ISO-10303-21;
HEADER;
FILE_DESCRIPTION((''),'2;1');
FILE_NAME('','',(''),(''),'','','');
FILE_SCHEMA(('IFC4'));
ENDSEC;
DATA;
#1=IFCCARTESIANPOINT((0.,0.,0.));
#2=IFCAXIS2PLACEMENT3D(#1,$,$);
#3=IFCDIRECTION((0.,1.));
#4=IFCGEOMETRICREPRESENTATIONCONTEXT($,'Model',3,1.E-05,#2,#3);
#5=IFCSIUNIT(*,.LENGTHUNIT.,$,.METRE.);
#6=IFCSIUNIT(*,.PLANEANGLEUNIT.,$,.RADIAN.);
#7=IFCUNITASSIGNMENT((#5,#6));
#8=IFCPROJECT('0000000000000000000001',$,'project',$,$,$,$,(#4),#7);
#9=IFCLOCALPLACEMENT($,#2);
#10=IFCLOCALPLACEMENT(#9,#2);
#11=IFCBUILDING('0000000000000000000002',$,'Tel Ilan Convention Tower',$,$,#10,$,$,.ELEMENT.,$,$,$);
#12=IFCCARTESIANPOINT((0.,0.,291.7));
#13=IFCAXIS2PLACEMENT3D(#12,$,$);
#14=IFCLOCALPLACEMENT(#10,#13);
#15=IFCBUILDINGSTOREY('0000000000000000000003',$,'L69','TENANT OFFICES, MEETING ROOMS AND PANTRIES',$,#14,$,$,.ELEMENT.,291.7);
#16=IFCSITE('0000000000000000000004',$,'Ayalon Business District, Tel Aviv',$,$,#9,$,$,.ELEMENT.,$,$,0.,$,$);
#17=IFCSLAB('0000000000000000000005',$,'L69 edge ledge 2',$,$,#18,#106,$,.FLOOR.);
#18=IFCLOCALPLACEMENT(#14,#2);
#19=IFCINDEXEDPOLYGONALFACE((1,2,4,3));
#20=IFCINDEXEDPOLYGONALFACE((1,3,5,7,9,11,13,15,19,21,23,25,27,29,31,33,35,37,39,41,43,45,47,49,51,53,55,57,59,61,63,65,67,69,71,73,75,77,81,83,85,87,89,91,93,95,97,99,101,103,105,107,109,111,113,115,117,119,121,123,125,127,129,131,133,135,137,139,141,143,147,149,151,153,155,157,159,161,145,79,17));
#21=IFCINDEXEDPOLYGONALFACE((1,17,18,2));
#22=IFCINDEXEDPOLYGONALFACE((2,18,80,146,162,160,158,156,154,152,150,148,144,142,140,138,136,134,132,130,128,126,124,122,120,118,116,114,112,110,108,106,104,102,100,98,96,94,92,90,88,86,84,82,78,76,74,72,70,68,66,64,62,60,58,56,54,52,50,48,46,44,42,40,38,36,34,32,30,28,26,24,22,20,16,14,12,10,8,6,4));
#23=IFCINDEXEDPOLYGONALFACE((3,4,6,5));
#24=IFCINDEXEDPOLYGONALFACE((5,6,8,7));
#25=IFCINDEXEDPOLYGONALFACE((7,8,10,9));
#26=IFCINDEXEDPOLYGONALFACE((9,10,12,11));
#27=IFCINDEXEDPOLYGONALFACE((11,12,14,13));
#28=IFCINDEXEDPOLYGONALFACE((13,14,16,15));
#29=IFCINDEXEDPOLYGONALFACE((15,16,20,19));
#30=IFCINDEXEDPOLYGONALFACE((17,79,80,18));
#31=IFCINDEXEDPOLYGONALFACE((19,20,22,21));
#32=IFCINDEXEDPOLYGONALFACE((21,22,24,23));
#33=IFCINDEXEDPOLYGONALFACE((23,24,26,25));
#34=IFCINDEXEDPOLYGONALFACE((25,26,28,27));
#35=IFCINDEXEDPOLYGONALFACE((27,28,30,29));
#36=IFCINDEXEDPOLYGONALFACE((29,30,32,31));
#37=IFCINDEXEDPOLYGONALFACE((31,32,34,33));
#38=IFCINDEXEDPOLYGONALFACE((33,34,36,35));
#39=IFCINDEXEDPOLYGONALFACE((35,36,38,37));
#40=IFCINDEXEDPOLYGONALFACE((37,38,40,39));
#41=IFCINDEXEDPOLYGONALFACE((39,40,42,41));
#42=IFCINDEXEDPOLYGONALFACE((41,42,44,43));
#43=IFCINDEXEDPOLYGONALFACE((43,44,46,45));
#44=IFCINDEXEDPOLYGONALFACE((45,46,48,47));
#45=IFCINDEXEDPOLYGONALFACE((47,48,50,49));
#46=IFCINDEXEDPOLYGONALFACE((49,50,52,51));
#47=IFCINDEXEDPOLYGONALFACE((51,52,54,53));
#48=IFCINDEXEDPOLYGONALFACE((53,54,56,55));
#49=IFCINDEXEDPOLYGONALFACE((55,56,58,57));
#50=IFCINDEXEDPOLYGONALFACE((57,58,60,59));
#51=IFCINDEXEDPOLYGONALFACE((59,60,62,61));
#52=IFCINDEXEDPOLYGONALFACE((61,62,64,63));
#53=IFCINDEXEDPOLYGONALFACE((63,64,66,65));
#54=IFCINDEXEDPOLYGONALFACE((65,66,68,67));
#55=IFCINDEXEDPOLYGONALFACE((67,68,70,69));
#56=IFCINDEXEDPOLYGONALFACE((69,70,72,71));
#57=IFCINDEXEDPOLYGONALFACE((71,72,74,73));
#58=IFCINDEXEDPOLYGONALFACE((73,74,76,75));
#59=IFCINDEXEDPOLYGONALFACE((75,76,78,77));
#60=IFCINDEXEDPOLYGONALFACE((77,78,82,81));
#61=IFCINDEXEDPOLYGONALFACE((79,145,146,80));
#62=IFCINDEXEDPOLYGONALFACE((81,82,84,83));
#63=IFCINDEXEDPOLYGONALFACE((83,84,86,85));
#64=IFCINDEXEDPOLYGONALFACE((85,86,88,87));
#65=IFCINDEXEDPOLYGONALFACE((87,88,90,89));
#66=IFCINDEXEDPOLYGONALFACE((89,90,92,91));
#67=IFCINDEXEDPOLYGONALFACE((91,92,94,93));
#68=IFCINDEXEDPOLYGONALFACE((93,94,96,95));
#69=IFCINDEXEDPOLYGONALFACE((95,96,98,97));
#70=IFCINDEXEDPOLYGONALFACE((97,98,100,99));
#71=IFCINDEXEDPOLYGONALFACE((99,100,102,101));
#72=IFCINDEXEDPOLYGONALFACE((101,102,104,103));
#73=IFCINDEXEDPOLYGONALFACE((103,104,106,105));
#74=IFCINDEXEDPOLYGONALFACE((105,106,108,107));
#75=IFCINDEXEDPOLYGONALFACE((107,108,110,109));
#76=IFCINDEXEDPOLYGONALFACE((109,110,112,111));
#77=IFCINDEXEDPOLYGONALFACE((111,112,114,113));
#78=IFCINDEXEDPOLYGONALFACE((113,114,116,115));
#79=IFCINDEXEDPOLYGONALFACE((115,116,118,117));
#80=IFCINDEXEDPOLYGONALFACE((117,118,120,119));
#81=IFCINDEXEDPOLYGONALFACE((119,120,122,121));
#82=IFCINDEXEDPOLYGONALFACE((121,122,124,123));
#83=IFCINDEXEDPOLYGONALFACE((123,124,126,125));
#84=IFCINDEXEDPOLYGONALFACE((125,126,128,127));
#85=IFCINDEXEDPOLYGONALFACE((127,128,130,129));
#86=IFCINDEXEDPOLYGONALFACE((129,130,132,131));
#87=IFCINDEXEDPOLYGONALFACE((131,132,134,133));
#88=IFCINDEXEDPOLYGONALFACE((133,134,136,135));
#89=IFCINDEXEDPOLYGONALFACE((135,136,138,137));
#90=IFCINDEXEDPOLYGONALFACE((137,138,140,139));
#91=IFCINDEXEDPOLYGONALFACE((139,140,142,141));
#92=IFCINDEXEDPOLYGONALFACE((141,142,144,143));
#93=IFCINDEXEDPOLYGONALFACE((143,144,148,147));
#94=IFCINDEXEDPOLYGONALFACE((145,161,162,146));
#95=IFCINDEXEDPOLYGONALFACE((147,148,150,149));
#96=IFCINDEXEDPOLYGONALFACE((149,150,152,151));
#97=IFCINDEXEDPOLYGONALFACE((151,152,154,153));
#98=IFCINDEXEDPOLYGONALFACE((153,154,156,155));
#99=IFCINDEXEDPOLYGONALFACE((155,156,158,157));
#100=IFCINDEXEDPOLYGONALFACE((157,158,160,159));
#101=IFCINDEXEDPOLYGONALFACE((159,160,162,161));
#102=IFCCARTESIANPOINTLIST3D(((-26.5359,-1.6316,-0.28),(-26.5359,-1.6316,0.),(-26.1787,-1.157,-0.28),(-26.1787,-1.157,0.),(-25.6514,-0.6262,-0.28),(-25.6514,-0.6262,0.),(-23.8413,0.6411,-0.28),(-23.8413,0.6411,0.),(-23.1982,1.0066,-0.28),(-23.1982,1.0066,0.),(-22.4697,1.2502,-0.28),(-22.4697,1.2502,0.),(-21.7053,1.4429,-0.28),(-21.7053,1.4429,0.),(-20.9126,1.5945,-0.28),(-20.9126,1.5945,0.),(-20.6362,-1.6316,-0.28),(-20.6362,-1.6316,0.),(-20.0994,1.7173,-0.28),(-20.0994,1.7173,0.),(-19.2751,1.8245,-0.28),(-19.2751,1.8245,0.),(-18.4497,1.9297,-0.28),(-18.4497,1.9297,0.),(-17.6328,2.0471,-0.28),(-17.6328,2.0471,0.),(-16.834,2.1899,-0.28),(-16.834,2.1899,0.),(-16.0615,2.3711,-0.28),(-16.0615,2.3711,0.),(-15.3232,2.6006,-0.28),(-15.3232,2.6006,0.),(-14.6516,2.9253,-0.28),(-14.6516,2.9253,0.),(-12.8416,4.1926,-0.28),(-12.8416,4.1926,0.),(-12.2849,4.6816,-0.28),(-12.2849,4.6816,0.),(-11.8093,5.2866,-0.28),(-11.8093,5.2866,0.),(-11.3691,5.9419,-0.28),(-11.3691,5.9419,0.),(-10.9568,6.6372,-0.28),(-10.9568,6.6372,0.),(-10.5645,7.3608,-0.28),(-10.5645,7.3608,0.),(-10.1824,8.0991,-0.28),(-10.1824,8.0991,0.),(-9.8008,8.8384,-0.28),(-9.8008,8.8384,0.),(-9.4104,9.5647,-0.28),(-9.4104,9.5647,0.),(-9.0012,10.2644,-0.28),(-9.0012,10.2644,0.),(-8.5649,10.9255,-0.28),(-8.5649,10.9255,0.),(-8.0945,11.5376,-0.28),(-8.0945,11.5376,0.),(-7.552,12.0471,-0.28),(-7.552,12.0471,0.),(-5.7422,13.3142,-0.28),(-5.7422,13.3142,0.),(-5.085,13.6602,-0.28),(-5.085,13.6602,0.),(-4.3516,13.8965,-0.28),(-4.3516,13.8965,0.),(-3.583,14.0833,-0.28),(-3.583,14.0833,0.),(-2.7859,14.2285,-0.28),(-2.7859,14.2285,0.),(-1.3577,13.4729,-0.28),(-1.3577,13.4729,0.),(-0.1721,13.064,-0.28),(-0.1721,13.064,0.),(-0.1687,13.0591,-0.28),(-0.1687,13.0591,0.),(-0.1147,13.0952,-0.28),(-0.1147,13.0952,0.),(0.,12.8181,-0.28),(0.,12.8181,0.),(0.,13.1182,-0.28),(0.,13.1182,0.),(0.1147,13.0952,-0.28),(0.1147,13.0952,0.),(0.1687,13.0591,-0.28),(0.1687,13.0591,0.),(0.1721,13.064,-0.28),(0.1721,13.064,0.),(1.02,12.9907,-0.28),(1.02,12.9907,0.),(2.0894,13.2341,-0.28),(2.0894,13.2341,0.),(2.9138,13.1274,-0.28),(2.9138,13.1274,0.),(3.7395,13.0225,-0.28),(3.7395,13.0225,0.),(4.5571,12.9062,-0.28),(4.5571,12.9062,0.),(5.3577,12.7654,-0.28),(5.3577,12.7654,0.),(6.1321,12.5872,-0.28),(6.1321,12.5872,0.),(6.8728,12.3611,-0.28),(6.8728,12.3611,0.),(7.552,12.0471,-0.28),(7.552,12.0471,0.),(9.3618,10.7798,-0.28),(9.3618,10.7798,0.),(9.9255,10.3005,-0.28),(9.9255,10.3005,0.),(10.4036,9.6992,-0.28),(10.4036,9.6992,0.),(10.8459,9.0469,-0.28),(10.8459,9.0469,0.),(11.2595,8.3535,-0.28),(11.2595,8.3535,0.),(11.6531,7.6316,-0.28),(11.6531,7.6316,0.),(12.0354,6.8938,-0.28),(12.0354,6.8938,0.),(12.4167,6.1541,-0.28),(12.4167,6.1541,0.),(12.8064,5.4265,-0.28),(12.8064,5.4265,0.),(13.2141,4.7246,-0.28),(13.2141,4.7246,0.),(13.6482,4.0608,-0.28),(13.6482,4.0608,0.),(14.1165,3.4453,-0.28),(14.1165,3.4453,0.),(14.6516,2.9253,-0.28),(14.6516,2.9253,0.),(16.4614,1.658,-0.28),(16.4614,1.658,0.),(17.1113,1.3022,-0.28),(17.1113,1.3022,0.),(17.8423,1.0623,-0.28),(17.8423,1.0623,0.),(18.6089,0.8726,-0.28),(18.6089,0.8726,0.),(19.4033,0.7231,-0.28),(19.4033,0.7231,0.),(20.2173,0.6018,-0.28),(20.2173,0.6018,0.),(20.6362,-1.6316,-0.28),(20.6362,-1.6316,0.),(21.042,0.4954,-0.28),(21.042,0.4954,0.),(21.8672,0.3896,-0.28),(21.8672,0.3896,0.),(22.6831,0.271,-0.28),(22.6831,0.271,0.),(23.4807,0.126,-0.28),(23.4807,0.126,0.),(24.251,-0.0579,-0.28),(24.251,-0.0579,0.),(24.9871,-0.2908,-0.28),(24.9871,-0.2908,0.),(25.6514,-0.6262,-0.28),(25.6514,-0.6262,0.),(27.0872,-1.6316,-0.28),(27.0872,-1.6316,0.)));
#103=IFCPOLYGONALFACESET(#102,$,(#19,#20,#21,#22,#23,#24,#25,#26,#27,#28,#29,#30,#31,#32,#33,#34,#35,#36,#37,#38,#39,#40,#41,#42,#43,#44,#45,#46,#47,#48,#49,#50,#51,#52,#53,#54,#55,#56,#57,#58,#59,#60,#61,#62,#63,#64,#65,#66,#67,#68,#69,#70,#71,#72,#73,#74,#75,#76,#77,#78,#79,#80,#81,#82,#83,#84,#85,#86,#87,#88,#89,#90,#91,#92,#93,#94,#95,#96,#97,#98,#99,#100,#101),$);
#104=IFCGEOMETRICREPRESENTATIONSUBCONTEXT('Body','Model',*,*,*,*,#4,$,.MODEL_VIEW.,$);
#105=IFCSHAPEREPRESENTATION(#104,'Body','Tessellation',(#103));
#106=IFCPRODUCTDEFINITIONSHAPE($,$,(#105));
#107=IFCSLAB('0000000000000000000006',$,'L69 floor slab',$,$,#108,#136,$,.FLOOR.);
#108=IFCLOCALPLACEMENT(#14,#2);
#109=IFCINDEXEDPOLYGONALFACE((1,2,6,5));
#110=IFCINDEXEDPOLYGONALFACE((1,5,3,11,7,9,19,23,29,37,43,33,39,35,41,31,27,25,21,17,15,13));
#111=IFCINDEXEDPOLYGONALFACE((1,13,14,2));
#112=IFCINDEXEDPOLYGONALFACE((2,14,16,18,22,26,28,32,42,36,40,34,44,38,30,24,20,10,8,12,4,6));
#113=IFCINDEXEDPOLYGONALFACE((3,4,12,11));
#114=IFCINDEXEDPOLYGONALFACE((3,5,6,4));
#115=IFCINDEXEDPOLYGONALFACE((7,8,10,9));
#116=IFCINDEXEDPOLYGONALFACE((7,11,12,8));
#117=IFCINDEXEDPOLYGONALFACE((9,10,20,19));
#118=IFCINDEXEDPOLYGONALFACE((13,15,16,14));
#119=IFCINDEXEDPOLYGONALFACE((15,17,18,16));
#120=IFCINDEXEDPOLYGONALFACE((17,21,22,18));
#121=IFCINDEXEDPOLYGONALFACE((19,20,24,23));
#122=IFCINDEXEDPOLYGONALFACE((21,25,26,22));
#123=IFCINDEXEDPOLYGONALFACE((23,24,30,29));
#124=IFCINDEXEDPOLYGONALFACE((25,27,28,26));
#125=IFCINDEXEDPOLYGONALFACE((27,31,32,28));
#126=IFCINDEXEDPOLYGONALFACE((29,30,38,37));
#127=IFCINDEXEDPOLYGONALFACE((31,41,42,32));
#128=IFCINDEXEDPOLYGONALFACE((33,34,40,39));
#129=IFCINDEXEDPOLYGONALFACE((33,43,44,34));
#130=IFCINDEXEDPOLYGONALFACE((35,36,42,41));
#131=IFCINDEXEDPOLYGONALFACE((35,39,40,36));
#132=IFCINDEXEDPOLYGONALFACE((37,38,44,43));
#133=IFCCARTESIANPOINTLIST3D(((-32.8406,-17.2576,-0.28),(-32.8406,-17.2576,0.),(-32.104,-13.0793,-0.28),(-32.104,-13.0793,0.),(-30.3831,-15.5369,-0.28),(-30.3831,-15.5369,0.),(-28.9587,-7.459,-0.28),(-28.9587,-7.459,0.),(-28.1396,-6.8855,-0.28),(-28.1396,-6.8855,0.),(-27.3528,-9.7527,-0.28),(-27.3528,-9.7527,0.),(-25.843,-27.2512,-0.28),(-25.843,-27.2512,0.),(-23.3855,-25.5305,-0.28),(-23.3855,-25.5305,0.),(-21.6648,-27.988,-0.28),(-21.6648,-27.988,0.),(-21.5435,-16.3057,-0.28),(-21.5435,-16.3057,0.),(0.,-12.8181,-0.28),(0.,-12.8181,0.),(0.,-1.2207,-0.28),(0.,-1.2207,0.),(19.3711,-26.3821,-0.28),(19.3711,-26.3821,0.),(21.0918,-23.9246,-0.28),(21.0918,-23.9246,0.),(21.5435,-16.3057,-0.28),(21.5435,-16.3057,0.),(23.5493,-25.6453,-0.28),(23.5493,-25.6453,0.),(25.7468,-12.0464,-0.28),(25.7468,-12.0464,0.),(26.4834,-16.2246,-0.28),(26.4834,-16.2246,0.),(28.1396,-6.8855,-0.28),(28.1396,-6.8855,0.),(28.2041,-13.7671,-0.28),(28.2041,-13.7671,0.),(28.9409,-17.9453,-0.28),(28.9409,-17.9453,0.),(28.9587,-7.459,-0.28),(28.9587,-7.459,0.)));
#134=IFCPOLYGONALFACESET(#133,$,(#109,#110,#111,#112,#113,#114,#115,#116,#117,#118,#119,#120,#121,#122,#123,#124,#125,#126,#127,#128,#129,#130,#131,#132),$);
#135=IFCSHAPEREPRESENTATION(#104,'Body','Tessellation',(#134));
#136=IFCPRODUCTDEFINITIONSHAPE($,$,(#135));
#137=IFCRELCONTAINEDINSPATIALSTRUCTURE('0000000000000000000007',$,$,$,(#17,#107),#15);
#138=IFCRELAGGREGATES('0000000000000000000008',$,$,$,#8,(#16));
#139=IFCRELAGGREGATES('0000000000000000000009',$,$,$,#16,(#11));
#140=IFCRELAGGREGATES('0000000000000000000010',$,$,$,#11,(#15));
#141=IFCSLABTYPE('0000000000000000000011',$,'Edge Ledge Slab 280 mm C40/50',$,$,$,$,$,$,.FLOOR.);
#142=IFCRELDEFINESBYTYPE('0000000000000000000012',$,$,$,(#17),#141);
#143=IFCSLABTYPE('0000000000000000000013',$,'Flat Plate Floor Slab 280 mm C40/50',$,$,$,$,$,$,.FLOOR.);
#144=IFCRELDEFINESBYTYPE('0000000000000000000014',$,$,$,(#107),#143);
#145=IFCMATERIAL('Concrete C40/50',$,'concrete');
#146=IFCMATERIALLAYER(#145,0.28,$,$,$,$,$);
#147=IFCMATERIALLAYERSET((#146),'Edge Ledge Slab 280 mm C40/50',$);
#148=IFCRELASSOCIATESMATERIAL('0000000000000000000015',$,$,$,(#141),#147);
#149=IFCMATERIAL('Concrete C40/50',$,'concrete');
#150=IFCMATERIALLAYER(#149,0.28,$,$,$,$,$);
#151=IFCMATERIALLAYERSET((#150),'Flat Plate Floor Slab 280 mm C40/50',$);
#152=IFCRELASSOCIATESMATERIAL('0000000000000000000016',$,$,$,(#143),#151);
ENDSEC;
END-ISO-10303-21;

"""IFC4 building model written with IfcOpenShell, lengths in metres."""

from ifc_helpers import new_model, si_unit, direction, frame, origin, place, context, subcontext, project, spatial, polyline, outline, extrude, material, layer, layer_set, type_object, element, save


model = new_model("IFC4")

# Units and contexts
model_context = context("Model", 3, precision=1e-05, world=origin(), true_north=direction((0.0, 1.0)))
body_context = subcontext(model_context, "Body", "Model", "MODEL_VIEW")
ifc_project = project(units=[si_unit("LENGTHUNIT", "METRE"), si_unit("PLANEANGLEUNIT", "RADIAN")], contexts=[model_context])

# Site, building, storey
site_placement = place(None, origin())
site = spatial("IfcSite", under=ifc_project, at=site_placement, Name="Ayalon Business District, Tel Aviv", CompositionType="ELEMENT", RefElevation=0.0)
building_placement = place(site_placement, origin())
building = spatial("IfcBuilding", under=site, at=building_placement, Name="Tel Ilan Convention Tower", CompositionType="ELEMENT")
storey_placement = place(building_placement, frame((0.0, 0.0, 291.7)))
storey = spatial("IfcBuildingStorey", under=building, at=storey_placement, Name="L69", Description="TENANT OFFICES, MEETING ROOMS AND PANTRIES", CompositionType="ELEMENT", Elevation=291.7)

# Slabs
ifc_material_1 = material(Name="Concrete C40/50", Category="concrete")
ifc_layer_1 = layer(ifc_material_1, 0.28)
ifc_layer_set_1 = layer_set([ifc_layer_1], Name="Edge Ledge Slab 280 mm C40/50")
slab_type_1 = type_object("IfcSlabType", Name="Edge Ledge Slab 280 mm C40/50", PredefinedType="FLOOR", material=ifc_layer_set_1)
slab_1_placement = place(storey_placement, frame((0.0, 0.0, -0.28)))
element("IfcSlab", 1, at=slab_1_placement, inside=storey, type_object=slab_type_1, Name="L69 edge ledge 2", PredefinedType="FLOOR", context=body_context, shape_type="SweptSolid", body=[
    extrude(outline(polyline([(-23.1982, 1.0066), (-22.4697, 1.2502), (-21.7053, 1.4429), (-20.9126, 1.5945), (-20.0994, 1.7173), (-19.2751, 1.8245), (-18.4497, 1.9297), (-17.6328, 2.0471), (-16.834, 2.1899), (-16.0615, 2.3711), (-15.3232, 2.6006), (-14.6516, 2.9253), (-12.8416, 4.1926), (-12.2849, 4.6816), (-11.8093, 5.2866), (-11.3691, 5.9419), (-10.9568, 6.6372), (-10.5645, 7.3608), (-10.1824, 8.0991), (-9.8008, 8.8384), (-9.4104, 9.5647), (-9.0012, 10.2644), (-8.5649, 10.9255), (-8.0945, 11.5376), (-7.552, 12.0471), (-5.7422, 13.3142), (-5.085, 13.6602), (-4.3516, 13.8965), (-3.583, 14.0833), (-2.7859, 14.2285), (-1.3577, 13.4729), (-0.1721, 13.064), (-0.1687, 13.0591), (-0.1147, 13.0952), (0.0, 13.1182), (0.1147, 13.0952), (0.1687, 13.0591), (0.1721, 13.064), (1.02, 12.9907), (2.0894, 13.2341), (2.9138, 13.1274), (3.7395, 13.0225), (4.5571, 12.9062), (5.3577, 12.7654), (6.1321, 12.5872), (6.8728, 12.3611), (7.552, 12.0471), (9.3618, 10.7798), (9.9255, 10.3005), (10.4036, 9.6992), (10.8459, 9.0469), (11.2595, 8.3535), (11.6531, 7.6316), (12.0354, 6.8938), (12.4167, 6.1541), (12.8064, 5.4265), (13.2141, 4.7246), (13.6482, 4.0608), (14.1165, 3.4453), (14.6516, 2.9253), (16.4614, 1.658), (17.1113, 1.3022), (17.8423, 1.0623), (18.6089, 0.8726), (19.4033, 0.7231), (20.2173, 0.6018), (21.042, 0.4954), (21.8672, 0.3896), (22.6831, 0.271), (23.4807, 0.126), (24.251, -0.0579), (24.9871, -0.2908), (25.6514, -0.6262), (27.0872, -1.6316), (20.6362, -1.6316), (0.0, 12.8181), (-20.6362, -1.6316), (-26.5359, -1.6316), (-26.1787, -1.157), (-25.6514, -0.6262), (-23.8413, 0.6411), (-23.1982, 1.0066)])), origin(), (0.0, 0.0, 1.0), 0.28),
])
ifc_material_2 = material(Name="Concrete C40/50", Category="concrete")
ifc_layer_2 = layer(ifc_material_2, 0.28)
ifc_layer_set_2 = layer_set([ifc_layer_2], Name="Flat Plate Floor Slab 280 mm C40/50")
slab_type_2 = type_object("IfcSlabType", Name="Flat Plate Floor Slab 280 mm C40/50", PredefinedType="FLOOR", material=ifc_layer_set_2)
slab_2_placement = place(storey_placement, frame((0.0, 0.0, -0.28)))
element("IfcSlab", 2, at=slab_2_placement, inside=storey, type_object=slab_type_2, Name="L69 floor slab", PredefinedType="FLOOR", context=body_context, shape_type="SweptSolid", body=[
    extrude(outline(polyline([(-21.5435, -16.3057), (0.0, -1.2207), (21.5435, -16.3057), (28.1396, -6.8855), (28.9587, -7.459), (25.7468, -12.0464), (28.2041, -13.7671), (26.4834, -16.2246), (28.9409, -17.9453), (23.5493, -25.6453), (21.0918, -23.9246), (19.3711, -26.3821), (0.0, -12.8181), (-21.6648, -27.988), (-23.3855, -25.5305), (-25.843, -27.2512), (-32.8406, -17.2576), (-30.3831, -15.5369), (-32.104, -13.0793), (-27.3528, -9.7527), (-28.9587, -7.459), (-28.1396, -6.8855), (-21.5435, -16.3057)])), origin(), (0.0, 0.0, 1.0), 0.28),
])

save(model, "model.ifc")
